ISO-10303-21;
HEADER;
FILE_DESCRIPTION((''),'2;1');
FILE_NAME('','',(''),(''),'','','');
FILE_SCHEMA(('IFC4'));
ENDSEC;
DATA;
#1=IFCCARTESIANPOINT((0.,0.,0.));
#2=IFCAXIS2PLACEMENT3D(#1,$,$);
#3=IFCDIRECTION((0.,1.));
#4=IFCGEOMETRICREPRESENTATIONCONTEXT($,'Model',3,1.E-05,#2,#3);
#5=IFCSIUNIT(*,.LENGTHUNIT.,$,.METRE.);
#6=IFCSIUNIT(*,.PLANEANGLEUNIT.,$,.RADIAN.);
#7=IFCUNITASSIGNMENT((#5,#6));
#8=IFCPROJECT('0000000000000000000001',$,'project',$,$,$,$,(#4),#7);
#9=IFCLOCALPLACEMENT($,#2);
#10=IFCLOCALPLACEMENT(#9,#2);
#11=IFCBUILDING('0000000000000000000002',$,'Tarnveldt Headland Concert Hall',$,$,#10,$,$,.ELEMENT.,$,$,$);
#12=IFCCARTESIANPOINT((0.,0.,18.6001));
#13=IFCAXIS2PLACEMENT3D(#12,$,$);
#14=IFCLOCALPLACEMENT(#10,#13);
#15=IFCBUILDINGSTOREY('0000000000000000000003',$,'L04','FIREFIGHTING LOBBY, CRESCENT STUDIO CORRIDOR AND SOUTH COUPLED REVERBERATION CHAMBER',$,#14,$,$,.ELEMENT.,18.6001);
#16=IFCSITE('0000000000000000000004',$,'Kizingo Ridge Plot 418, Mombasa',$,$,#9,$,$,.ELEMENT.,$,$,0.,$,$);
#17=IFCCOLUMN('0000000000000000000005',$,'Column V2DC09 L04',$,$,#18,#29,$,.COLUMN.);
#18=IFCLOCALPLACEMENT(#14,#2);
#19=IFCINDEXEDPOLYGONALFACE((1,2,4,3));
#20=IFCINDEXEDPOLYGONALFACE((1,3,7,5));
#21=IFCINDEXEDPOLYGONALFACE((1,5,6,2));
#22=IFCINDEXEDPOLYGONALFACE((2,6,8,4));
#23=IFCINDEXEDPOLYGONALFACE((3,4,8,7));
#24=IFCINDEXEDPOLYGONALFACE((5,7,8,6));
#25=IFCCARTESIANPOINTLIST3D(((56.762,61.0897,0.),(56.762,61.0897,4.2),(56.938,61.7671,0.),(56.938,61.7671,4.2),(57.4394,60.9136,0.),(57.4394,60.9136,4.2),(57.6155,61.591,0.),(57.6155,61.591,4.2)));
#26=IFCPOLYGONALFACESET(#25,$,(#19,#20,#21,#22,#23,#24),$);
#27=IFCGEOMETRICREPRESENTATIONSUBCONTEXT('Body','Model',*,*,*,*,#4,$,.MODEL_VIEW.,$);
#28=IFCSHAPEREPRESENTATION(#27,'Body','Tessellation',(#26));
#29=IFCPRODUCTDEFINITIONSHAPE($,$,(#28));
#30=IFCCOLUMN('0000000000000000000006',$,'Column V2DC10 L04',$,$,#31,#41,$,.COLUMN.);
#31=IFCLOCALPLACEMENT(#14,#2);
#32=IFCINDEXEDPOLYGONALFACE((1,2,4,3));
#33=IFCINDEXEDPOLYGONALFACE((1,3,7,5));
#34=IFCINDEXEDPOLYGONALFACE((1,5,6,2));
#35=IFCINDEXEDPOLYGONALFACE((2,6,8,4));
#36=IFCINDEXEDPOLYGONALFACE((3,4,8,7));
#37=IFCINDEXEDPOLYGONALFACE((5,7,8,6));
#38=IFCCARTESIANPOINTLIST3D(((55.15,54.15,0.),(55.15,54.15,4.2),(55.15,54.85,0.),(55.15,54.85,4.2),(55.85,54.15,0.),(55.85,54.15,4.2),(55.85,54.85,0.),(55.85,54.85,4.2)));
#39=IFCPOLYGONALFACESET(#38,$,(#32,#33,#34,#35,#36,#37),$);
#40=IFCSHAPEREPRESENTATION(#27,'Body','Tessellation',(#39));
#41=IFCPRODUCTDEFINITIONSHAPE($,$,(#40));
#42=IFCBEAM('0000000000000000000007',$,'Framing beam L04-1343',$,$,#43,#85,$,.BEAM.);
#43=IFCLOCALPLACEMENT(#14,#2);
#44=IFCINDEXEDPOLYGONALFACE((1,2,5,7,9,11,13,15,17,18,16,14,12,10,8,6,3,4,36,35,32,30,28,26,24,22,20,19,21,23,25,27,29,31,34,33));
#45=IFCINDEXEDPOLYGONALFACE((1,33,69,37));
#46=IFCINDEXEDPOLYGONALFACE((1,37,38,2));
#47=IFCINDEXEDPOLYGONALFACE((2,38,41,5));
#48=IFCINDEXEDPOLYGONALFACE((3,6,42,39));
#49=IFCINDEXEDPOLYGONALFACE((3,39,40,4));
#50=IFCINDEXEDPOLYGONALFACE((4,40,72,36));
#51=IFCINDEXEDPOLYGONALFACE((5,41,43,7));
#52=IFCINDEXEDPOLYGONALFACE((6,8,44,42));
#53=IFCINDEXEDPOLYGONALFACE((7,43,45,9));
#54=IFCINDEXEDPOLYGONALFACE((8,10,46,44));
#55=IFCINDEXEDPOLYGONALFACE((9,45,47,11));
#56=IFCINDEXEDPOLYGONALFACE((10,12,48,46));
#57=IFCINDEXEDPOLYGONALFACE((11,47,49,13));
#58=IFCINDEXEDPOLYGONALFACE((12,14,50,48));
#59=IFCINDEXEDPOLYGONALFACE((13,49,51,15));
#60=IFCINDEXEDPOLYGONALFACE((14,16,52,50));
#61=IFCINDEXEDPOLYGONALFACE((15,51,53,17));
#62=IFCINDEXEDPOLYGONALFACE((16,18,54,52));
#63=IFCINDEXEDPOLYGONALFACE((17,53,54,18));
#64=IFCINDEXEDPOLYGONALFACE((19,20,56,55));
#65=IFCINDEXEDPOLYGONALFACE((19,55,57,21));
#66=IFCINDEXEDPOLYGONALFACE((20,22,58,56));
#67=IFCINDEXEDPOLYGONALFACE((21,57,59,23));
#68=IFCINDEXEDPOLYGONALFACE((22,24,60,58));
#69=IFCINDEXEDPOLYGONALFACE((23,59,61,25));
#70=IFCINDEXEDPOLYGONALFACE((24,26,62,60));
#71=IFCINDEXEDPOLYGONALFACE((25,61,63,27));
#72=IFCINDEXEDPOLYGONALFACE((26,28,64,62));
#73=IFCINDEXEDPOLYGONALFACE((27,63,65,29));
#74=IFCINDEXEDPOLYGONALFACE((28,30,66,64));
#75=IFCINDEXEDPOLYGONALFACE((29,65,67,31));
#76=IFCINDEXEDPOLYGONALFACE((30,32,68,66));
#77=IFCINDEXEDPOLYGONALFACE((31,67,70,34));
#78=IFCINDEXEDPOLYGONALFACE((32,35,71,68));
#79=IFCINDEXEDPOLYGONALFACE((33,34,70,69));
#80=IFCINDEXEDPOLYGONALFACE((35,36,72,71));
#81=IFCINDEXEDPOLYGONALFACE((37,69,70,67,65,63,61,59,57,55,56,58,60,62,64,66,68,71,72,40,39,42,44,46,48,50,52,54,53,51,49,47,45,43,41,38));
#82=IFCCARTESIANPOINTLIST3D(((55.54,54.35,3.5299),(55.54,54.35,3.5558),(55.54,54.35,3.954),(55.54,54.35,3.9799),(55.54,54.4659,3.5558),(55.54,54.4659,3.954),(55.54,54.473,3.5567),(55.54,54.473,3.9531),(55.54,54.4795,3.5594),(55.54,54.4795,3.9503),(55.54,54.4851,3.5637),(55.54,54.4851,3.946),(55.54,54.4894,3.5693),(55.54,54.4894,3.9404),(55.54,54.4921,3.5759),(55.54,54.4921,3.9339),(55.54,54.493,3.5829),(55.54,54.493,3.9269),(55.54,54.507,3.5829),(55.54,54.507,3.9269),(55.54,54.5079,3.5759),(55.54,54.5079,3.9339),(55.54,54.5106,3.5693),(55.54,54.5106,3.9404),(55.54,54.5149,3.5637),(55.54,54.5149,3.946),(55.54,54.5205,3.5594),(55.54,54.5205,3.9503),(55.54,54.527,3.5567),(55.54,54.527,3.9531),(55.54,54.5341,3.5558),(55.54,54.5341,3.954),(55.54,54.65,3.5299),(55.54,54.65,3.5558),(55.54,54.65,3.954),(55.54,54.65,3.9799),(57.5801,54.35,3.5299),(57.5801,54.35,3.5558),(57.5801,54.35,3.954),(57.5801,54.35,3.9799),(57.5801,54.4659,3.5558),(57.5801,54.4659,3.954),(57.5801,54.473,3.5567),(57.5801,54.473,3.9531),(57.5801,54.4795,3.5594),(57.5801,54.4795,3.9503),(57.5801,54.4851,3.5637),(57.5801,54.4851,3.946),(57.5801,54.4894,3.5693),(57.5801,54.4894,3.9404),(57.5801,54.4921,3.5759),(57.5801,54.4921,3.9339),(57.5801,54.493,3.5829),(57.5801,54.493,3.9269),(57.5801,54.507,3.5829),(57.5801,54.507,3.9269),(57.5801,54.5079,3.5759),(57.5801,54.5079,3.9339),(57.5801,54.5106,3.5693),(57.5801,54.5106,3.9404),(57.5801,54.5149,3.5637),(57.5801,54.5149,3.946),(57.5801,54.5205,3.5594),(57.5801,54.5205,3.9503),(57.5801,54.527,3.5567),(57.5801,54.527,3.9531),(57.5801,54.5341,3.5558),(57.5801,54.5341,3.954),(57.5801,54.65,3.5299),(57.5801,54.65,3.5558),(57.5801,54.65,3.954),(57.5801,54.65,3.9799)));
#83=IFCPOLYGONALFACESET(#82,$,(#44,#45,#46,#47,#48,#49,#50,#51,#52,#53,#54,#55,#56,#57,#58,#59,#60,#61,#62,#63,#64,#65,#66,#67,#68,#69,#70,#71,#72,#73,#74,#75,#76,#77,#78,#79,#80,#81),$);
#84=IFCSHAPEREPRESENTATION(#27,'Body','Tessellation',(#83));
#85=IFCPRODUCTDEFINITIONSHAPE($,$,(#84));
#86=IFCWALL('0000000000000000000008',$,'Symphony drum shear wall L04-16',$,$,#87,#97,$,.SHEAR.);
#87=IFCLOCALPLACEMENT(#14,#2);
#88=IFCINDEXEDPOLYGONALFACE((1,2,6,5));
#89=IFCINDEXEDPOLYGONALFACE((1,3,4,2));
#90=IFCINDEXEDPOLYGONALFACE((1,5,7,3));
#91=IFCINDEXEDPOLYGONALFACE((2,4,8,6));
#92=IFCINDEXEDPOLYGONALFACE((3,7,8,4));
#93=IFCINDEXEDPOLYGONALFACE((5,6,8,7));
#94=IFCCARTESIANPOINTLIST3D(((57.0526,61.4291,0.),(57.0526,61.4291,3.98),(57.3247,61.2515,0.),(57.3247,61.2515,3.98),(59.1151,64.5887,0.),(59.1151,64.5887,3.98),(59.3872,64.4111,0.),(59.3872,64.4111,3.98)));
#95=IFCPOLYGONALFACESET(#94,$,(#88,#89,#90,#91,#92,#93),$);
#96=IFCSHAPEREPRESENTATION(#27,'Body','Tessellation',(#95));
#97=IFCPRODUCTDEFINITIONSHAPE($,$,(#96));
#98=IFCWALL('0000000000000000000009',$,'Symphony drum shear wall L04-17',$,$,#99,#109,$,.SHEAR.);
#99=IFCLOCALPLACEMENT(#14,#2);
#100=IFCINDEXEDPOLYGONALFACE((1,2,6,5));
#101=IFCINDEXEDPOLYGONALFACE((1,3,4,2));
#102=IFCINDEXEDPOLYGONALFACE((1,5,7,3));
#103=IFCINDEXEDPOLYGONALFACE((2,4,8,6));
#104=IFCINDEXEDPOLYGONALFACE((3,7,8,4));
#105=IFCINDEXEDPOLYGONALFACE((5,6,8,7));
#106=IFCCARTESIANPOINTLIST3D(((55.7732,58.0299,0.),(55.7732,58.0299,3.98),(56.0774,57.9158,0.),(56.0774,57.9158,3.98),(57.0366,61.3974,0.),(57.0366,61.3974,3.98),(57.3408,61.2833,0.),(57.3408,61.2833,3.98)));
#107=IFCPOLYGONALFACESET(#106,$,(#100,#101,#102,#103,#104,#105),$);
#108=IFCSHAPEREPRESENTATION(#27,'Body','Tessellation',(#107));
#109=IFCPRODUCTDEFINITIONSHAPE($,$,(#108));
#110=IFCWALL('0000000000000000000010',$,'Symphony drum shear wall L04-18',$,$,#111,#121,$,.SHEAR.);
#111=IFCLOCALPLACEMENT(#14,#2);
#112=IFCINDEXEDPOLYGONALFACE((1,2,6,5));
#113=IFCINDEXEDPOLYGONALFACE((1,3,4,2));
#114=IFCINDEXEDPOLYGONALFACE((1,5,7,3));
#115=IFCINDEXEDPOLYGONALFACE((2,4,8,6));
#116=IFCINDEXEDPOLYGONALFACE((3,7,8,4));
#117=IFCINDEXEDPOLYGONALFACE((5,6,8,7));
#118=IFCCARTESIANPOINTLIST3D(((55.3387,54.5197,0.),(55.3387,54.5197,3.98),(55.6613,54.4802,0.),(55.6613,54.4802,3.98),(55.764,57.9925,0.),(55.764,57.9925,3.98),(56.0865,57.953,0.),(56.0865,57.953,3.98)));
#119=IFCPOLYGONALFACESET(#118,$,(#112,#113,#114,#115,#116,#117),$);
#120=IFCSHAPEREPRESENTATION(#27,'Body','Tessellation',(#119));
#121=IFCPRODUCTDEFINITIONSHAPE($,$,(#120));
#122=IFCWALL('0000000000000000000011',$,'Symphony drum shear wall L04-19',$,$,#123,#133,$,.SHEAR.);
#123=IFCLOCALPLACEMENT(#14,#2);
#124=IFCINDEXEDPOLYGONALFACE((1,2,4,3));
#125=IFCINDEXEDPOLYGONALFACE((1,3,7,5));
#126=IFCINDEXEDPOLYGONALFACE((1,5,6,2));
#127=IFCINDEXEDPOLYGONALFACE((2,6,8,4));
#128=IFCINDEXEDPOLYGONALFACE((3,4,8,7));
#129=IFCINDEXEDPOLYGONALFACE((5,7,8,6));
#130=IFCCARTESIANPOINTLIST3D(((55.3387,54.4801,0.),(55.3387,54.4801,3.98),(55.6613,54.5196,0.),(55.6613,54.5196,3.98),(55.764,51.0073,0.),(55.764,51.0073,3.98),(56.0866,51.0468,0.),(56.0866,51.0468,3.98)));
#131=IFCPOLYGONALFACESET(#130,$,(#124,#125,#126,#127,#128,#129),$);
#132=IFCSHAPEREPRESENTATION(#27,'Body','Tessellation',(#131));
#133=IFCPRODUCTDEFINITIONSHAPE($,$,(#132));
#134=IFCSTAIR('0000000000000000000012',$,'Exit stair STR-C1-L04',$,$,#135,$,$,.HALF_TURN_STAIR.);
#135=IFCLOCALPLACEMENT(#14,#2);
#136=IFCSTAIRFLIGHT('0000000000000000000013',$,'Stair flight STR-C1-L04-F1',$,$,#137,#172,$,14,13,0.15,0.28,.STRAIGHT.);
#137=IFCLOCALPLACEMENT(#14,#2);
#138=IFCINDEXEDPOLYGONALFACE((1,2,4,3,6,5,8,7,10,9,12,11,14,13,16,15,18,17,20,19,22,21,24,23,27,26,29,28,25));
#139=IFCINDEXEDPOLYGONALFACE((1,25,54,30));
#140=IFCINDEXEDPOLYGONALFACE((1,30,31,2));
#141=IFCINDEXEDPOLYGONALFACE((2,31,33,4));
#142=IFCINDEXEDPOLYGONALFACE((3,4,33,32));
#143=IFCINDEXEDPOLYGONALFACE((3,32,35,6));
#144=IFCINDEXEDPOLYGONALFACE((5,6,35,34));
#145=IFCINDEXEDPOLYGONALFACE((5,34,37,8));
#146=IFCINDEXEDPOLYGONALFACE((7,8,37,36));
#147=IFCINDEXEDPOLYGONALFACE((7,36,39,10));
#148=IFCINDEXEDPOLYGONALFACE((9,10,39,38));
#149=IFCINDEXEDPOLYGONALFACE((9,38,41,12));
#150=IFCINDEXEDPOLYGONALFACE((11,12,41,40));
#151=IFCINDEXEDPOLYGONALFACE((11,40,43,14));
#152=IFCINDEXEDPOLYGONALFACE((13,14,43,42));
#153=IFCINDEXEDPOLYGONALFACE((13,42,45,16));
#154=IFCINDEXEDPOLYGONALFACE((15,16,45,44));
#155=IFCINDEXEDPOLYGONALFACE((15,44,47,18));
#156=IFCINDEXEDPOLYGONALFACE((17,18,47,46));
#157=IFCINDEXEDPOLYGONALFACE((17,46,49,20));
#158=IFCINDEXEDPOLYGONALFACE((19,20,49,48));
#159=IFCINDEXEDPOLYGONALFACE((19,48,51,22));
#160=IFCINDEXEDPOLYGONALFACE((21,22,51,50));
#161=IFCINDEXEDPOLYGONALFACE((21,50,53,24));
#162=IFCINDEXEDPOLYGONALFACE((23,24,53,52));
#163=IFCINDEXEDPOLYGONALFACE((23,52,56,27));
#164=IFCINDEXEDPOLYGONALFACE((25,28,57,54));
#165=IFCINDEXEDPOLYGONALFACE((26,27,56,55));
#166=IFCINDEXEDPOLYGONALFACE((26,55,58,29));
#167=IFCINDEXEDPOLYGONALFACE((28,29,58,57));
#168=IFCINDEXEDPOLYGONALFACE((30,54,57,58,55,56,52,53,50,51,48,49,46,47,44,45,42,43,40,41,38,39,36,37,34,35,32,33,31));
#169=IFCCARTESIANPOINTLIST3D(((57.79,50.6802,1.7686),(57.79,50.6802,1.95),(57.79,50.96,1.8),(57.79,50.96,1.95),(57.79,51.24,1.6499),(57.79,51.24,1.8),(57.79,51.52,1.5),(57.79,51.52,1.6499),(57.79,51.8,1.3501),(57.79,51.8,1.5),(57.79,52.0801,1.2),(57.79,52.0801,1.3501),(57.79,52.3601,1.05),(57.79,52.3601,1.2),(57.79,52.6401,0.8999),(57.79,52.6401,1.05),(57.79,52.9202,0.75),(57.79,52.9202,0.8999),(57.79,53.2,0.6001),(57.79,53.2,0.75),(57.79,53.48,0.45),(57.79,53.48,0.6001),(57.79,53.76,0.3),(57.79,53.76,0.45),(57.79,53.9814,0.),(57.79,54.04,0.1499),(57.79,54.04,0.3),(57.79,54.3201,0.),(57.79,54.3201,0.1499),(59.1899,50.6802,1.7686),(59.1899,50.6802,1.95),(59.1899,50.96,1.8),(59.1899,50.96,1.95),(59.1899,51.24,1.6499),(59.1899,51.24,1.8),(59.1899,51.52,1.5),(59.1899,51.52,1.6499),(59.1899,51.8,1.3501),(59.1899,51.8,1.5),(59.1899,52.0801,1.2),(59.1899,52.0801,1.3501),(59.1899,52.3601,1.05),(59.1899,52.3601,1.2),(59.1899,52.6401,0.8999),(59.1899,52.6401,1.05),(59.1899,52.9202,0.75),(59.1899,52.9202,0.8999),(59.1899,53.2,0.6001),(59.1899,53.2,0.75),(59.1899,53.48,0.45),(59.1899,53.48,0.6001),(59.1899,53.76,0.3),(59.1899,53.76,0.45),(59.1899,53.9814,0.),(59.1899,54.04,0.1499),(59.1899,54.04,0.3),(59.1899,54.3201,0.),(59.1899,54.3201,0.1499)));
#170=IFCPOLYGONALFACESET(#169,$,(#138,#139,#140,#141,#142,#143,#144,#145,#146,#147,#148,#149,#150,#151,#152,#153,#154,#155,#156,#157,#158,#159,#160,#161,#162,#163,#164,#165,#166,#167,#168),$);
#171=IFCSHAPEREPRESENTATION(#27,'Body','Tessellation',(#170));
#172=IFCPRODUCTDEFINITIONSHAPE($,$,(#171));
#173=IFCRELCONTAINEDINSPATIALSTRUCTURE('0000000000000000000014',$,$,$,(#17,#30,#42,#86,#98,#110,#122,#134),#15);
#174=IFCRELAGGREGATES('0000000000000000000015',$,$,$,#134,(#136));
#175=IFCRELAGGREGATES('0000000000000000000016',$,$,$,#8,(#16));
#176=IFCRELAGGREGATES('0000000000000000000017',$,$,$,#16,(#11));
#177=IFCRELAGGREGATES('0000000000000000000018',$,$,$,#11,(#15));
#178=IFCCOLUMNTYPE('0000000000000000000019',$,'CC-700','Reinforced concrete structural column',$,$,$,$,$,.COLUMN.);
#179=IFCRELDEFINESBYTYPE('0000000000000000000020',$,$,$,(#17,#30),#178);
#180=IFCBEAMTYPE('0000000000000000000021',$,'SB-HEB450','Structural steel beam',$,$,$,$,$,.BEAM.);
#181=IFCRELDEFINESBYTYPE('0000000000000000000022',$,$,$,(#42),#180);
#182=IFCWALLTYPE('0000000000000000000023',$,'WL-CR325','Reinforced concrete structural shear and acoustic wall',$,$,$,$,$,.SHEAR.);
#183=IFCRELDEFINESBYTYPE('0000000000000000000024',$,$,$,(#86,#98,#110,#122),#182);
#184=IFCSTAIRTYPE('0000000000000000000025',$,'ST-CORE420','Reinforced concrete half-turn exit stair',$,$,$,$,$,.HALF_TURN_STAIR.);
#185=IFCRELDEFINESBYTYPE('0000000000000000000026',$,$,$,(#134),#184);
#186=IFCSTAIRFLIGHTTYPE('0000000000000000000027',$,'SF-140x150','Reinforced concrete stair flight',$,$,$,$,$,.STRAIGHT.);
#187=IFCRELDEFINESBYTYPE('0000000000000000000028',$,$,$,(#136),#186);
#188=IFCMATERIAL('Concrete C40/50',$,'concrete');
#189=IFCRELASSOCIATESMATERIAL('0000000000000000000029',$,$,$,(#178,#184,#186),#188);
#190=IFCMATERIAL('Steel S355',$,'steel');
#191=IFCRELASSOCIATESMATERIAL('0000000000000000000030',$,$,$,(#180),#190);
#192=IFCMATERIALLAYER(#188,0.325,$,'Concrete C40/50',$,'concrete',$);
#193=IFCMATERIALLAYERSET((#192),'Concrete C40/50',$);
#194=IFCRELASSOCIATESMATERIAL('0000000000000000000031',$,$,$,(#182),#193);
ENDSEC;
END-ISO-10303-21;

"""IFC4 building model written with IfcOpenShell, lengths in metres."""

from ifc_helpers import new_model, si_unit, direction, frame, frame_2d, origin, origin_2d, place, context, subcontext, project, spatial, polyline, rectangle, i_section, outline, extrude, material, layer, layer_set, material_profile, profile_set, type_object, element, aggregate, save


model = new_model("IFC4")

# Units and contexts
model_context = context("Model", 3, precision=1e-05, world=origin(), true_north=direction((0.0, 1.0)))
body_context = subcontext(model_context, "Body", "Model", "MODEL_VIEW")
ifc_project = project(units=[si_unit("LENGTHUNIT", "METRE"), si_unit("PLANEANGLEUNIT", "RADIAN")], contexts=[model_context])

# Site, building, storey
site_placement = place(None, origin())
site = spatial("IfcSite", under=ifc_project, at=site_placement, Name="Kizingo Ridge Plot 418, Mombasa", CompositionType="ELEMENT", RefElevation=0.0)
building_placement = place(site_placement, origin())
building = spatial("IfcBuilding", under=site, at=building_placement, Name="Tarnveldt Headland Concert Hall", CompositionType="ELEMENT")
storey_placement = place(building_placement, frame((0.0, 0.0, 18.6001)))
storey = spatial("IfcBuildingStorey", under=building, at=storey_placement, Name="L04", Description="FIREFIGHTING LOBBY, CRESCENT STUDIO CORRIDOR AND SOUTH COUPLED REVERBERATION CHAMBER", CompositionType="ELEMENT", Elevation=18.6001)

# Columns
ifc_material_1 = material(Name="Concrete C40/50", Category="concrete")
ifc_material_profile_1 = material_profile(ifc_material_1, rectangle(XDim=0.7, YDim=0.7, at=origin_2d()), Name="RC 700x700", Category="concrete")
ifc_profile_set_1 = profile_set([ifc_material_profile_1], Name="Concrete C40/50")
column_type = type_object("IfcColumnType", Name="CC-700", Description="Reinforced concrete structural column", PredefinedType="COLUMN", material=ifc_profile_set_1)
for number, where, z_axis, x_axis, name in (
    (1, (57.1887, 61.3403, 0.0), (0.0, 0.0, 1.0), (-0.967841, 0.251563, 0.0), "Column V2DC09 L04"),
    (2, (55.5, 54.5, 0.0), (0.0, 0.0, 1.0), (-1.0, 0.0, 0.0), "Column V2DC10 L04"),
):
    element("IfcColumn", number, at=place(storey_placement, frame(where, z_axis=z_axis, x_axis=x_axis)), inside=storey, type_object=column_type, Name=name, PredefinedType="COLUMN", context=body_context, shape_type="SweptSolid", body=[
        extrude(rectangle(XDim=0.7, YDim=0.7, at=origin_2d()), origin(), (0.0, 0.0, 1.0), 4.2),
    ])

# Beam
ifc_material_2 = material(Name="Steel S355", Category="steel")
ifc_material_profile_2 = material_profile(ifc_material_2, i_section(OverallWidth=0.3, OverallDepth=0.45, WebThickness=0.0139, FlangeThickness=0.0259, FilletRadius=0.0271, at=origin_2d()), Name="HEB450", Category="steel")
ifc_profile_set_2 = profile_set([ifc_material_profile_2], Name="Steel S355")
beam_type = type_object("IfcBeamType", Name="SB-HEB450", Description="Structural steel beam", PredefinedType="BEAM", material=ifc_profile_set_2)
beam_placement = place(storey_placement, frame((57.5801, 54.5, 3.7549), z_axis=(-1.0, 0.0, 0.0), x_axis=(0.0, -1.0, 0.0)))
element("IfcBeam", 3, at=beam_placement, inside=storey, type_object=beam_type, Name="Framing beam L04-1343", PredefinedType="BEAM", context=body_context, shape_type="SweptSolid", body=[
    extrude(i_section(OverallWidth=0.3, OverallDepth=0.45, WebThickness=0.0139, FlangeThickness=0.0259, FilletRadius=0.0271, at=origin_2d()), origin(), (0.0, 0.0, 1.0), 2.04),
])

# Walls
ifc_layer_1 = layer(ifc_material_1, 0.325, Name="Concrete C40/50", Category="concrete")
ifc_layer_set_1 = layer_set([ifc_layer_1], Name="Concrete C40/50")
wall_type_1 = type_object("IfcWallType", Name="WL-CR325", Description="Reinforced concrete structural shear and acoustic wall", PredefinedType="SHEAR", material=ifc_layer_set_1)
wall_1_placement = place(storey_placement, frame((59.2512, 64.5, 0.0), z_axis=(0.0, 0.0, 1.0), x_axis=(-0.546611, -0.837387, 0.0)))
element("IfcWall", 4, at=wall_1_placement, inside=storey, type_object=wall_type_1, Name="Symphony drum shear wall L04-16", PredefinedType="SHEAR", context=body_context, shape_type="SweptSolid", body=[
    extrude(rectangle(XDim=3.7732, YDim=0.325, at=frame_2d((1.8867, 0.0))), origin(), (0.0, 0.0, 1.0), 3.98),
])
wall_2_placement = place(storey_placement, frame((57.1887, 61.3403, 0.0), z_axis=(0.0, 0.0, 1.0), x_axis=(-0.35128, -0.936271, 0.0)))
element("IfcWall", 5, at=wall_2_placement, inside=storey, type_object=wall_type_1, Name="Symphony drum shear wall L04-17", PredefinedType="SHEAR", context=body_context, shape_type="SweptSolid", body=[
    extrude(rectangle(XDim=3.5967, YDim=0.325, at=frame_2d((1.7983, 0.0))), origin(), (0.0, 0.0, 1.0), 3.98),
])
for number, where, z_axis, x_axis, name in (
    (6, (55.9253, 57.9729, 0.0), (0.0, 0.0, 1.0), (-0.121552, -0.992585, 0.0), "Symphony drum shear wall L04-18"),
    (7, (55.5, 54.5, 0.0), (0.0, 0.0, 1.0), (0.121552, -0.992585, 0.0), "Symphony drum shear wall L04-19"),
):
    element("IfcWall", number, at=place(storey_placement, frame(where, z_axis=z_axis, x_axis=x_axis)), inside=storey, type_object=wall_type_1, Name=name, PredefinedType="SHEAR", context=body_context, shape_type="SweptSolid", body=[
        extrude(rectangle(XDim=3.4988, YDim=0.325, at=frame_2d((1.7495, 0.0))), origin(), (0.0, 0.0, 1.0), 3.98),
    ])

# Stair, stair flight
stair_type = type_object("IfcStairType", Name="ST-CORE420", Description="Reinforced concrete half-turn exit stair", PredefinedType="HALF_TURN_STAIR", material=ifc_material_1)
stair_placement = place(storey_placement, origin())
stair = element("IfcStair", 8, at=stair_placement, inside=storey, type_object=stair_type, Name="Exit stair STR-C1-L04", PredefinedType="HALF_TURN_STAIR")
stair_flight_type = type_object("IfcStairFlightType", Name="SF-140x150", Description="Reinforced concrete stair flight", PredefinedType="STRAIGHT", material=ifc_material_1)
stair_flight_placement = place(storey_placement, frame((58.49, 54.3201, 0.0), z_axis=(0.0, 0.0, 1.0), x_axis=(0.0, -1.0, 0.0)))
stair_flight = element("IfcStairFlight", 9, at=stair_flight_placement, type_object=stair_flight_type, Name="Stair flight STR-C1-L04-F1", NumberOfRisers=14, NumberOfTreads=13, PredefinedType="STRAIGHT", RiserHeight=0.15, TreadLength=0.28, context=body_context, shape_type="SweptSolid", body=[
    extrude(outline(polyline([(0.0, 0.0), (0.0, 0.1499), (0.28, 0.1499), (0.28, 0.3), (0.5601, 0.3), (0.5601, 0.45), (0.8401, 0.45), (0.8401, 0.6001), (1.1201, 0.6001), (1.1201, 0.75), (1.3999, 0.75), (1.3999, 0.8999), (1.6799, 0.8999), (1.6799, 1.05), (1.96, 1.05), (1.96, 1.2), (2.24, 1.2), (2.24, 1.3501), (2.52, 1.3501), (2.52, 1.5), (2.8, 1.5), (2.8, 1.6499), (3.0801, 1.6499), (3.0801, 1.8), (3.3601, 1.8), (3.3601, 1.95), (3.6399, 1.95), (3.6399, 2.1001), (3.6399, 1.7686), (0.3386, 0.0), (0.0, 0.0)])), frame((0.0, 0.7, 0.0), z_axis=(0.0, -1.0, 0.0), x_axis=(1.0, 0.0, 0.0)), (0.0, 0.0, 1.0), 1.3999),
])
aggregate(stair, [stair_flight])

save(model, "model.ifc")
